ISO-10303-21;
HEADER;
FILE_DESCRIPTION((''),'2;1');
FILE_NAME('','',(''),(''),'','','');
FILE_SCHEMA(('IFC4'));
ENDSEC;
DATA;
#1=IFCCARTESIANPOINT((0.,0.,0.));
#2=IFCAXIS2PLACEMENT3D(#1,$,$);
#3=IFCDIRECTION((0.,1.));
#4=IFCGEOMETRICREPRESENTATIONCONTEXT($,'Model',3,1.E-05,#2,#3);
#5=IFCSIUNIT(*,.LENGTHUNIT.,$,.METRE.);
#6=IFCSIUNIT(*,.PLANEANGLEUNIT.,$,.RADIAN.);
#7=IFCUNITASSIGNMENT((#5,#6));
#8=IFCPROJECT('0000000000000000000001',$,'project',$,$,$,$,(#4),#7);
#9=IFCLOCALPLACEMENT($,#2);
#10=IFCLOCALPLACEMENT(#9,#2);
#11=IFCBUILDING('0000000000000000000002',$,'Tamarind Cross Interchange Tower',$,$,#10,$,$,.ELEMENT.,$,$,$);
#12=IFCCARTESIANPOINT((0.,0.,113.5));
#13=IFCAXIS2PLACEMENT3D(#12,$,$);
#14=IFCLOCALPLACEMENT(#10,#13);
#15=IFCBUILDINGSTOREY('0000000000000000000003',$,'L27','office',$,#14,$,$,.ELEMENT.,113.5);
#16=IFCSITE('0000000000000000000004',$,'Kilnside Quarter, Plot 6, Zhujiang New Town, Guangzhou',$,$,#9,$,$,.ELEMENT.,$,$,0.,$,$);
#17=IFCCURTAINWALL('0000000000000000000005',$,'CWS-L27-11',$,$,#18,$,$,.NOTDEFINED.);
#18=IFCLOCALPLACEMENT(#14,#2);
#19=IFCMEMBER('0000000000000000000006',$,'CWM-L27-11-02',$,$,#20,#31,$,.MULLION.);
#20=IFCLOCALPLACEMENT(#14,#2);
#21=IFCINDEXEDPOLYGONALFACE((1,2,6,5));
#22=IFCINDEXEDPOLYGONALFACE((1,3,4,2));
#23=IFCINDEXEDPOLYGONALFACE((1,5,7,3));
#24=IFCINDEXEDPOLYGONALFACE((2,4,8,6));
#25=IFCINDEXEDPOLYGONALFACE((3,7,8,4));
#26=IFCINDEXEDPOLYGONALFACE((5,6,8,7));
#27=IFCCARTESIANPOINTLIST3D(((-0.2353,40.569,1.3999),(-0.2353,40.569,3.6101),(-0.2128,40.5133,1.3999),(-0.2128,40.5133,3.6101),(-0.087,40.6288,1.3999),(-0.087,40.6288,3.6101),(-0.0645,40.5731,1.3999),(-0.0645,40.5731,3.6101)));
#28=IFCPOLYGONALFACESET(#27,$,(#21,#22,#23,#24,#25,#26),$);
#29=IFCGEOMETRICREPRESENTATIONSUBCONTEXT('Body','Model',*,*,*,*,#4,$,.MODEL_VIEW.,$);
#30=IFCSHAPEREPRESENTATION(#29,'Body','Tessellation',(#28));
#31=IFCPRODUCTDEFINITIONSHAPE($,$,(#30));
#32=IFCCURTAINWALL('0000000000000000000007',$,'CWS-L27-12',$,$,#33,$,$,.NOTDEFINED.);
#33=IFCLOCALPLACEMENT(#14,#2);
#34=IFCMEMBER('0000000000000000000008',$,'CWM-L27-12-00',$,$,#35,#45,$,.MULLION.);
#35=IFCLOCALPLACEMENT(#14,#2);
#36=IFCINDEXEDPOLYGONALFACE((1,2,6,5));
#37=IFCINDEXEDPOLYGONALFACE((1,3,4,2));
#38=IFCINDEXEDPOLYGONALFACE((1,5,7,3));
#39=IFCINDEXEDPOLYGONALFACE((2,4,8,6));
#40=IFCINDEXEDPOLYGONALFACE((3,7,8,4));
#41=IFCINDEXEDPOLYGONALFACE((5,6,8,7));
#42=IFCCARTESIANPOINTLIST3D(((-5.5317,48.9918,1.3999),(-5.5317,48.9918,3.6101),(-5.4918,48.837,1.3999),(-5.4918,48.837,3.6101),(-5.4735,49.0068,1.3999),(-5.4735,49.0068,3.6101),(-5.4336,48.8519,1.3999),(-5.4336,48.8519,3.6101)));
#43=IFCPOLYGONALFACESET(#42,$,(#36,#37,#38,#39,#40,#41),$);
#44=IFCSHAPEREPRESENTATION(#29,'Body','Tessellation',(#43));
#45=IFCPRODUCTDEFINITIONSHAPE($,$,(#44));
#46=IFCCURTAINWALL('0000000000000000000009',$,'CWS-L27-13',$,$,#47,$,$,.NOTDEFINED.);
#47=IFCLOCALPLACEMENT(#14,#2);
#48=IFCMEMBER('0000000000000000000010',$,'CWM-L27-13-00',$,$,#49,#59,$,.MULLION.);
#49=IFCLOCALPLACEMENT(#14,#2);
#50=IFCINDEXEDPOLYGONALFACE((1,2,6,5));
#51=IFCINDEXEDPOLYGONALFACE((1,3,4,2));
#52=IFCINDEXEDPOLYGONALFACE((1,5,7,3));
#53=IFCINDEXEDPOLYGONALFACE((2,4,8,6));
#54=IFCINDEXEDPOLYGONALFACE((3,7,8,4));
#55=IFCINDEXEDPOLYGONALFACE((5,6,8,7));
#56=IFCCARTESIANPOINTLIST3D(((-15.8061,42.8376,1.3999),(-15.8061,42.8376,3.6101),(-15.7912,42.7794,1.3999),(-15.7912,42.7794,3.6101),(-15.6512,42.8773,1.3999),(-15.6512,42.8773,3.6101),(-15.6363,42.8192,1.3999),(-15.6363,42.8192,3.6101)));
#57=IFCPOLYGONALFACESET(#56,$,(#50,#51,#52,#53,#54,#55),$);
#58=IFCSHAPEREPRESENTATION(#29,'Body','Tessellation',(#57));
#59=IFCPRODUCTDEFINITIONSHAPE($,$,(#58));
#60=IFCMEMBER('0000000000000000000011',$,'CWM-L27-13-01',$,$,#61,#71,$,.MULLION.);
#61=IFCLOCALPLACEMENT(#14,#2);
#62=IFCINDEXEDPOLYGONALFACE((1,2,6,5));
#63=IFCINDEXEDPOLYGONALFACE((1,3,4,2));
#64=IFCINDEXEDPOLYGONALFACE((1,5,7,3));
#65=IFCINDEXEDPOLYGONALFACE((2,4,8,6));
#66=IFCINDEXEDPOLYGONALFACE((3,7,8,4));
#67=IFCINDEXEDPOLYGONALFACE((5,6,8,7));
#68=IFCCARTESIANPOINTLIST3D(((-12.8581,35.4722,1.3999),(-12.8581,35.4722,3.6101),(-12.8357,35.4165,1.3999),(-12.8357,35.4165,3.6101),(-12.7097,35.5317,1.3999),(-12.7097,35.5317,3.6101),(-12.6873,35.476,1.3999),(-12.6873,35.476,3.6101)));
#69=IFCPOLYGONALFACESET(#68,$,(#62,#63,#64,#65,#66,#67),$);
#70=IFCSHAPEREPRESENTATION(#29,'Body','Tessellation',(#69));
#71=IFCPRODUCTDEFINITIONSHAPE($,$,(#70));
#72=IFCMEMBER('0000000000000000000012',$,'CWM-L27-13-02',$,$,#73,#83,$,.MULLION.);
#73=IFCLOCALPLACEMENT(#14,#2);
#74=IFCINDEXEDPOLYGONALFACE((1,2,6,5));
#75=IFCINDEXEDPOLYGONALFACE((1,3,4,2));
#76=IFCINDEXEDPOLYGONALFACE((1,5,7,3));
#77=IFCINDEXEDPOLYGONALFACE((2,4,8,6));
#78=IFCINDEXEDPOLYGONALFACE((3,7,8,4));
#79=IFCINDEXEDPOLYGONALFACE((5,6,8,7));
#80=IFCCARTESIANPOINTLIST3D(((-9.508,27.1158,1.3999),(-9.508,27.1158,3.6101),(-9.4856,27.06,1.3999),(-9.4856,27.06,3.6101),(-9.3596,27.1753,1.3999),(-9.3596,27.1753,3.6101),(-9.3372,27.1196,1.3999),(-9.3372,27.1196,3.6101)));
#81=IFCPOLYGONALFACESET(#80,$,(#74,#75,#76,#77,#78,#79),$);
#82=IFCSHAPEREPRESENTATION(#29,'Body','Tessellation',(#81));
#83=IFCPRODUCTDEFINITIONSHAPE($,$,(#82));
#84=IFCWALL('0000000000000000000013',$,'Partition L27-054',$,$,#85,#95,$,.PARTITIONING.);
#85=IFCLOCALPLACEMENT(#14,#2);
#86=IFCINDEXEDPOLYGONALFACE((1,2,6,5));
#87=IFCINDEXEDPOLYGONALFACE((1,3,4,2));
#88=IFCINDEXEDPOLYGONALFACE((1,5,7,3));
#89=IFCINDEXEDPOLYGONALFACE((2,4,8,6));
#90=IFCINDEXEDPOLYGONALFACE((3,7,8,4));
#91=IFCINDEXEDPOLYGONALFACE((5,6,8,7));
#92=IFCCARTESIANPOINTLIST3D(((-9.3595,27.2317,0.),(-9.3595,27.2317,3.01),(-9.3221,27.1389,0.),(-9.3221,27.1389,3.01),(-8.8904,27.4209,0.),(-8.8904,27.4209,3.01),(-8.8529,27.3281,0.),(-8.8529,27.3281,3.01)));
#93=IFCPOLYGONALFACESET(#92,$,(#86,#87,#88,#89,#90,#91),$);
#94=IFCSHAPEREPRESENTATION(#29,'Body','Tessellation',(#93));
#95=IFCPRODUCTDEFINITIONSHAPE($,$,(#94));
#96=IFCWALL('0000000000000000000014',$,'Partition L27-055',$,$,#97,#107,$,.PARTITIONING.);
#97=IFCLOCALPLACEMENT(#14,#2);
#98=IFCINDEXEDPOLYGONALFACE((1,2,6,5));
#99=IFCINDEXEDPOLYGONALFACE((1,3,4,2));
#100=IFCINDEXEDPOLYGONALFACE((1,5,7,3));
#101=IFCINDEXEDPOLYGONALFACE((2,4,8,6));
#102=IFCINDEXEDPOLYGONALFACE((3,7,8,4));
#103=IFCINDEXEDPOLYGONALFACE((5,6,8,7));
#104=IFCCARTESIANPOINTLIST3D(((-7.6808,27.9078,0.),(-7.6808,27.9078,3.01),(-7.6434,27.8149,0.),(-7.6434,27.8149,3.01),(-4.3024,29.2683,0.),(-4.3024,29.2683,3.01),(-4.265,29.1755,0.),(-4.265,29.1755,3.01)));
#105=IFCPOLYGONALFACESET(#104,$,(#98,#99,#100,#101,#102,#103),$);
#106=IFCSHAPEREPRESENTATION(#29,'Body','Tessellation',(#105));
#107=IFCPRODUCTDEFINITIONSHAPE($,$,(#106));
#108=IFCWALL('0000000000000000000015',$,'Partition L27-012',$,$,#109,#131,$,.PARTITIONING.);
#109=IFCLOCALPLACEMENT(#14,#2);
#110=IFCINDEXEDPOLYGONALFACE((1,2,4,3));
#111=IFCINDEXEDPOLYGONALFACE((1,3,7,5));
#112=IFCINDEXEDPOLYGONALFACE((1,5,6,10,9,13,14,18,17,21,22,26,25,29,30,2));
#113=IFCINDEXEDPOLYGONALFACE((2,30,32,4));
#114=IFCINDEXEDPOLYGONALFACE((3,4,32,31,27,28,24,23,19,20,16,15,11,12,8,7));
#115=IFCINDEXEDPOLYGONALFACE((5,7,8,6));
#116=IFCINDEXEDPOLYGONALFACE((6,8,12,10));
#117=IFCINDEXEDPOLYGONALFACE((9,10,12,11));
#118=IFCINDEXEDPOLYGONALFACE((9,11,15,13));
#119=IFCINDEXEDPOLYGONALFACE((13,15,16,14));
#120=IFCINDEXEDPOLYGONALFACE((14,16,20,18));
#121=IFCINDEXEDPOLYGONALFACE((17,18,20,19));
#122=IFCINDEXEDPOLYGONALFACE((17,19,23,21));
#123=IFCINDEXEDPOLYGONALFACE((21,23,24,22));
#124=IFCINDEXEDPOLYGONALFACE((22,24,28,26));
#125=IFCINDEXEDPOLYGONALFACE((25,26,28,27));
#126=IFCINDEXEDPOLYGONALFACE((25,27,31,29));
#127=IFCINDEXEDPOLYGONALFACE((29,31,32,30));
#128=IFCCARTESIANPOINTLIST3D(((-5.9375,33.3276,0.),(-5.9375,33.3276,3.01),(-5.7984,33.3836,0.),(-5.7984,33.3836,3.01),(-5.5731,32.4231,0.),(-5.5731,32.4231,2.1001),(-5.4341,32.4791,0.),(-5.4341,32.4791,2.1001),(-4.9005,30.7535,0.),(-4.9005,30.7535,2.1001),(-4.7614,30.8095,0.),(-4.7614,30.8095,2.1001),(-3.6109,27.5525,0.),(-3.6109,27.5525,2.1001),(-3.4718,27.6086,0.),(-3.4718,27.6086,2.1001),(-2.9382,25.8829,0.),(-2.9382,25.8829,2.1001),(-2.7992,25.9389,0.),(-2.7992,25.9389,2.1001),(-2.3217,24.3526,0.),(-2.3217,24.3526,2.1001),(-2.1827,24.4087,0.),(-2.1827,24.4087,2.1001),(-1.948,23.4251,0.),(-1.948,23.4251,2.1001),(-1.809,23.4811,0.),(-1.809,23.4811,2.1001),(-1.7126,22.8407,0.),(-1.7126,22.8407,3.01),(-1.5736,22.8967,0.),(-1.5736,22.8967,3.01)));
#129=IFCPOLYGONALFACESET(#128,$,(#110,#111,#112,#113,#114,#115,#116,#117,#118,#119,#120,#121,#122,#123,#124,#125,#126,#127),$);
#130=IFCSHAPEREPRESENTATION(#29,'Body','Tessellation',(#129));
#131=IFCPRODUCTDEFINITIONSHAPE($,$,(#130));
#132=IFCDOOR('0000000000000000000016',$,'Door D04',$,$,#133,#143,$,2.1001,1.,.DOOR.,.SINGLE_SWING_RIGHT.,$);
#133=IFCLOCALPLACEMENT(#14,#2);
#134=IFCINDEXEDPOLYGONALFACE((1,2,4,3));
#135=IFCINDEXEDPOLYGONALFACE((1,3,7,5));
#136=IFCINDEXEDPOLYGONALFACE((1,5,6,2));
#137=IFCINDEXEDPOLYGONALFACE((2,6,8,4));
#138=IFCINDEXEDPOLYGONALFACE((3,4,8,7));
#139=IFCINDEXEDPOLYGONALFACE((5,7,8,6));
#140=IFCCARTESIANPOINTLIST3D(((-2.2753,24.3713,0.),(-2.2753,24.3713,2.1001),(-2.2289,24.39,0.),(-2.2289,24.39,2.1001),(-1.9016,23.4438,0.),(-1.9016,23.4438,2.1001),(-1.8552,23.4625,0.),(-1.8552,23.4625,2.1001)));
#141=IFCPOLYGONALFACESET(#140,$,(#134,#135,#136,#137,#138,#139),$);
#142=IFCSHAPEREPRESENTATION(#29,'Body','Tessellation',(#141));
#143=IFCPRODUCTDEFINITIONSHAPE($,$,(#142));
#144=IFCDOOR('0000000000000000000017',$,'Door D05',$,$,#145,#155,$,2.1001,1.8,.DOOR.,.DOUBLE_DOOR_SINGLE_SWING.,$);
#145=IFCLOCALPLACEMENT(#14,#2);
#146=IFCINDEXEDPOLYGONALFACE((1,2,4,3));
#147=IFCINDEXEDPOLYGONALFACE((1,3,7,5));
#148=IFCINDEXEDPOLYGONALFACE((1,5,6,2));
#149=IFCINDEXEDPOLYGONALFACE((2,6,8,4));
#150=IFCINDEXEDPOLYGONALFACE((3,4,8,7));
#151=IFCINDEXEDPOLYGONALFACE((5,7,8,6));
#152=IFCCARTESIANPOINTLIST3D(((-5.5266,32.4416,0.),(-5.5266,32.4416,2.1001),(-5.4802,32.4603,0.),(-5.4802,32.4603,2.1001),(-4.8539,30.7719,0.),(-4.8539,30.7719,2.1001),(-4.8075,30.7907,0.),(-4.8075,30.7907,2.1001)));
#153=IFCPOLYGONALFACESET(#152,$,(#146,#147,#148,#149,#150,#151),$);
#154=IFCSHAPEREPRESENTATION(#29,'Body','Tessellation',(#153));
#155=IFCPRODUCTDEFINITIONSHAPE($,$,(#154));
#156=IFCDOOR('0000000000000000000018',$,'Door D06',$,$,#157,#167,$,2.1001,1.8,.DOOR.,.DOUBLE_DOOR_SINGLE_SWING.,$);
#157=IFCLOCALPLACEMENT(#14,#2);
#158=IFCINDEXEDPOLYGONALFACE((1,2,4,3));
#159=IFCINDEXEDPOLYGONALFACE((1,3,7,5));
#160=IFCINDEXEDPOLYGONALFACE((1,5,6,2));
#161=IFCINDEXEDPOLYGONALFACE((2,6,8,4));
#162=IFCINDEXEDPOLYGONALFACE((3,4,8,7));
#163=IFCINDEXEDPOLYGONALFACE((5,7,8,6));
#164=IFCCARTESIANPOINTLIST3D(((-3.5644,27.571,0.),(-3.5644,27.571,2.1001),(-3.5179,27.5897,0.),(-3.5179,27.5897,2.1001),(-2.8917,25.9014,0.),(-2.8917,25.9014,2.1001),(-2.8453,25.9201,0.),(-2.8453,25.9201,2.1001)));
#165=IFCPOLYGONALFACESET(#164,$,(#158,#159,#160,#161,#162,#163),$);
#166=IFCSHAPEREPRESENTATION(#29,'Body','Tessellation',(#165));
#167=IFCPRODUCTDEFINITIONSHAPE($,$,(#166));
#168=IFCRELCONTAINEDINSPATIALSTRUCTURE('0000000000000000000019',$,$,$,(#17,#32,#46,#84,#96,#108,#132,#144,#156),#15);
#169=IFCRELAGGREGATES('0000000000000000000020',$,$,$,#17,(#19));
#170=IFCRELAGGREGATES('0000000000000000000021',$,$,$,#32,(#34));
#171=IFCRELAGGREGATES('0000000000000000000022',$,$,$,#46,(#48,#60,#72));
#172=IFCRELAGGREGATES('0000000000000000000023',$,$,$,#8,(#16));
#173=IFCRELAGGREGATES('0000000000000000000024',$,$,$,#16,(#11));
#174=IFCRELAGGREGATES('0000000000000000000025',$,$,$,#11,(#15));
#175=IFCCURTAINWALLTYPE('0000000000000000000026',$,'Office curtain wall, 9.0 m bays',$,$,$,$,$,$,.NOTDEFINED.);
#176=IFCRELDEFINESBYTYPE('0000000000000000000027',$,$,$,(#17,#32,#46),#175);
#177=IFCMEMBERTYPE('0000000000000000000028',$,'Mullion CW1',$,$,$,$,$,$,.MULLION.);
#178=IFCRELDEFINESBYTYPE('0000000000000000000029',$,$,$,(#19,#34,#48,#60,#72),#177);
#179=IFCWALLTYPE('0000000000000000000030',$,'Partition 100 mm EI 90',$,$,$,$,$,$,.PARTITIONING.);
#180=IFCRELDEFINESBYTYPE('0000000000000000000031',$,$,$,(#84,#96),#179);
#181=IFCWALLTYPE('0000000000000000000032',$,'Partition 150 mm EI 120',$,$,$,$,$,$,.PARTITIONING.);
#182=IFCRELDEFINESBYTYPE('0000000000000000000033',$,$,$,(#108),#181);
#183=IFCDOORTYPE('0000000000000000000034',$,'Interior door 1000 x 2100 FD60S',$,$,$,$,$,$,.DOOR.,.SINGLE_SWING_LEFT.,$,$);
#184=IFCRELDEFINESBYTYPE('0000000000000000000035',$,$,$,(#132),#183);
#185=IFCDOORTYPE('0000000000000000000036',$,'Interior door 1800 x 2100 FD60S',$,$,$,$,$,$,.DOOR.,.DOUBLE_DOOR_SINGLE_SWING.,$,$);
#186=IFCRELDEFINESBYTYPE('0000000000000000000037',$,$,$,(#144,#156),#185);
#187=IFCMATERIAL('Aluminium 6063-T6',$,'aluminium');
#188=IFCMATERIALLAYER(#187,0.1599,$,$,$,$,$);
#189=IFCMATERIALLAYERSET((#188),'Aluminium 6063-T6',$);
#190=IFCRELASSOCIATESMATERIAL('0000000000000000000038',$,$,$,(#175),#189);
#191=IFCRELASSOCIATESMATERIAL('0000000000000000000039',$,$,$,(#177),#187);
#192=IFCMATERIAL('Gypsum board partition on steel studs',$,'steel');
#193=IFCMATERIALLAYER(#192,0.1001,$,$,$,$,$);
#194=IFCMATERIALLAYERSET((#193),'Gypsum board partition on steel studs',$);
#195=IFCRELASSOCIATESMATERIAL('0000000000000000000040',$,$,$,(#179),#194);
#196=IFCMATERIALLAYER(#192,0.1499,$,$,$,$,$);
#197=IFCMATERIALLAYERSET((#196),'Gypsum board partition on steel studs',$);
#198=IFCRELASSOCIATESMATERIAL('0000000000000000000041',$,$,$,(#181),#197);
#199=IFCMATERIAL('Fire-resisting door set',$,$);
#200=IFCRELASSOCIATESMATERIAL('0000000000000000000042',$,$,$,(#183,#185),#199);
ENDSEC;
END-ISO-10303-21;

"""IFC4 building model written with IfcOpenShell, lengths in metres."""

from ifc_helpers import new_model, si_unit, direction, frame, frame_2d, origin, origin_2d, place, context, subcontext, project, spatial, rectangle, extrude, material, layer, layer_set, material_profile, profile_set, type_object, element, fill, aggregate, save


model = new_model("IFC4")

# Units and contexts
model_context = context("Model", 3, precision=1e-05, world=origin(), true_north=direction((0.0, 1.0)))
body_context = subcontext(model_context, "Body", "Model", "MODEL_VIEW")
ifc_project = project(units=[si_unit("LENGTHUNIT", "METRE"), si_unit("PLANEANGLEUNIT", "RADIAN")], contexts=[model_context])

# Site, building, storey
site_placement = place(None, origin())
site = spatial("IfcSite", under=ifc_project, at=site_placement, Name="Kilnside Quarter, Plot 6, Zhujiang New Town, Guangzhou", CompositionType="ELEMENT", RefElevation=0.0)
building_placement = place(site_placement, origin())
building = spatial("IfcBuilding", under=site, at=building_placement, Name="Tamarind Cross Interchange Tower", CompositionType="ELEMENT")
storey_placement = place(building_placement, frame((0.0, 0.0, 113.5)))
storey = spatial("IfcBuildingStorey", under=building, at=storey_placement, Name="L27", Description="office", CompositionType="ELEMENT", Elevation=113.5)

# Curtain walls, members
ifc_material_1 = material(Name="Aluminium 6063-T6", Category="aluminium")
ifc_layer_1 = layer(ifc_material_1, 0.1599)
ifc_layer_set_1 = layer_set([ifc_layer_1], Name="Aluminium 6063-T6")
curtain_wall_type = type_object("IfcCurtainWallType", Name="Office curtain wall, 9.0 m bays", PredefinedType="NOTDEFINED", material=ifc_layer_set_1)
curtain_wall_1_placement = place(storey_placement, origin())
curtain_wall_1 = element("IfcCurtainWall", 1, at=curtain_wall_1_placement, inside=storey, type_object=curtain_wall_type, Name="CWS-L27-11", PredefinedType="NOTDEFINED")
ifc_material_profile_1 = material_profile(ifc_material_1, rectangle(XDim=0.0601, YDim=0.1599, at=origin_2d()), Name="Mullion CW1")
ifc_profile_set_1 = profile_set([ifc_material_profile_1], Name="Aluminium 6063-T6")
member_type = type_object("IfcMemberType", Name="Mullion CW1", PredefinedType="MULLION", material=ifc_profile_set_1)
member_1_placement = place(storey_placement, frame((-0.1499, 40.571, 1.3999), z_axis=(0.0, 0.0, 1.0), x_axis=(-0.373648, 0.92757, 0.0)))
member_1 = element("IfcMember", 2, at=member_1_placement, type_object=member_type, Name="CWM-L27-11-02", PredefinedType="MULLION", context=body_context, shape_type="SweptSolid", body=[
    extrude(rectangle(XDim=0.0601, YDim=0.1599, at=origin_2d()), origin(), (0.0, 0.0, 1.0), 2.2102),
])
aggregate(curtain_wall_1, [member_1])
curtain_wall_2_placement = place(storey_placement, origin())
curtain_wall_2 = element("IfcCurtainWall", 3, at=curtain_wall_2_placement, inside=storey, type_object=curtain_wall_type, Name="CWS-L27-12", PredefinedType="NOTDEFINED")
member_2_placement = place(storey_placement, frame((-5.4827, 48.9219, 1.3999), z_axis=(0.0, 0.0, 1.0), x_axis=(-0.968406, -0.24938, 0.0)))
member_2 = element("IfcMember", 4, at=member_2_placement, type_object=member_type, Name="CWM-L27-12-00", PredefinedType="MULLION", context=body_context, shape_type="SweptSolid", body=[
    extrude(rectangle(XDim=0.0601, YDim=0.1599, at=origin_2d()), origin(), (0.0, 0.0, 1.0), 2.2102),
])
aggregate(curtain_wall_2, [member_2])

# Curtain wall, members
curtain_wall_3_placement = place(storey_placement, origin())
curtain_wall_3 = element("IfcCurtainWall", 5, at=curtain_wall_3_placement, inside=storey, type_object=curtain_wall_type, Name="CWS-L27-13", PredefinedType="NOTDEFINED")
member_3_placement = place(storey_placement, frame((-15.7212, 42.8284, 1.3999), z_axis=(0.0, 0.0, 1.0), x_axis=(0.248584, -0.96861, 0.0)))
member_3 = element("IfcMember", 6, at=member_3_placement, type_object=member_type, Name="CWM-L27-13-00", PredefinedType="MULLION", context=body_context, shape_type="SweptSolid", body=[
    extrude(rectangle(XDim=0.0601, YDim=0.1599, at=origin_2d()), origin(), (0.0, 0.0, 1.0), 2.2102),
])
member_4_placement = place(storey_placement, frame((-12.7727, 35.4741, 1.3999), z_axis=(0.0, 0.0, 1.0), x_axis=(0.372124, -0.928183, 0.0)))
member_4 = element("IfcMember", 7, at=member_4_placement, type_object=member_type, Name="CWM-L27-13-01", PredefinedType="MULLION", context=body_context, shape_type="SweptSolid", body=[
    extrude(rectangle(XDim=0.0601, YDim=0.1599, at=origin_2d()), origin(), (0.0, 0.0, 1.0), 2.2102),
])
member_5_placement = place(storey_placement, frame((-9.4226, 27.1177, 1.3999), z_axis=(0.0, 0.0, 1.0), x_axis=(0.372124, -0.928183, 0.0)))
member_5 = element("IfcMember", 8, at=member_5_placement, type_object=member_type, Name="CWM-L27-13-02", PredefinedType="MULLION", context=body_context, shape_type="SweptSolid", body=[
    extrude(rectangle(XDim=0.0601, YDim=0.1599, at=origin_2d()), origin(), (0.0, 0.0, 1.0), 2.2102),
])
aggregate(curtain_wall_3, [member_3, member_4, member_5])

# Walls
ifc_material_2 = material(Name="Gypsum board partition on steel studs", Category="steel")
ifc_layer_2 = layer(ifc_material_2, 0.1001)
ifc_layer_set_2 = layer_set([ifc_layer_2], Name="Gypsum board partition on steel studs")
wall_type_1 = type_object("IfcWallType", Name="Partition 100 mm EI 90", PredefinedType="PARTITIONING", material=ifc_layer_set_2)
wall_1_placement = place(storey_placement, frame((-9.3408, 27.1853, 0.0), z_axis=(0.0, 0.0, 1.0), x_axis=(0.927441, 0.373968, 0.0)))
element("IfcWall", 9, at=wall_1_placement, inside=storey, type_object=wall_type_1, Name="Partition L27-054", PredefinedType="PARTITIONING", context=body_context, shape_type="SweptSolid", body=[
    extrude(rectangle(XDim=0.5059, YDim=0.1001, at=frame_2d((0.2529, 0.0))), origin(), (0.0, 0.0, 1.0), 3.01),
])
wall_2_placement = place(storey_placement, frame((-7.6621, 27.8613, 0.0), z_axis=(0.0, 0.0, 1.0), x_axis=(0.9276, 0.373574, 0.0)))
element("IfcWall", 10, at=wall_2_placement, inside=storey, type_object=wall_type_1, Name="Partition L27-055", PredefinedType="PARTITIONING", context=body_context, shape_type="SweptSolid", body=[
    extrude(rectangle(XDim=3.6421, YDim=0.1001, at=frame_2d((1.821, 0.0))), origin(), (0.0, 0.0, 1.0), 3.01),
])

# Wall, openings, doors
ifc_layer_3 = layer(ifc_material_2, 0.1499)
ifc_layer_set_3 = layer_set([ifc_layer_3], Name="Gypsum board partition on steel studs")
wall_type_2 = type_object("IfcWallType", Name="Partition 150 mm EI 120", PredefinedType="PARTITIONING", material=ifc_layer_set_3)
wall_3_placement = place(storey_placement, frame((-5.8679, 33.3555, 0.0), z_axis=(0.0, 0.0, 1.0), x_axis=(0.373687, -0.927555, 0.0)))
wall_3 = element("IfcWall", 11, at=wall_3_placement, inside=storey, type_object=wall_type_2, Name="Partition L27-012", PredefinedType="PARTITIONING", context=body_context, shape_type="SweptSolid", body=[
    extrude(rectangle(XDim=11.3059, YDim=0.1499, at=frame_2d((5.6528, 0.0))), origin(), (0.0, 0.0, 1.0), 3.01),
])
opening_1_placement = place(wall_3_placement, frame((9.6758, 0.0, 0.0)))
opening_1 = element("IfcOpeningElement", 12, at=opening_1_placement, cuts=wall_3, PredefinedType="OPENING", context=body_context, shape_type="SweptSolid", body=[
    extrude(rectangle(XDim=1.0, YDim=2.1001, at=frame_2d((0.5, 1.05))), frame((0.0, 0.085, 0.0), z_axis=(0.0, -1.0, 0.0), x_axis=(1.0, 0.0, 0.0)), (0.0, 0.0, 1.0), 0.1699),
])
opening_2_placement = place(wall_3_placement, frame((0.9751, 0.0, 0.0)))
opening_2 = element("IfcOpeningElement", 13, at=opening_2_placement, cuts=wall_3, PredefinedType="OPENING", context=body_context, shape_type="SweptSolid", body=[
    extrude(rectangle(XDim=1.8, YDim=2.1001, at=frame_2d((0.8999, 1.05))), frame((0.0, 0.085, 0.0), z_axis=(0.0, -1.0, 0.0), x_axis=(1.0, 0.0, 0.0)), (0.0, 0.0, 1.0), 0.1699),
])
opening_3_placement = place(wall_3_placement, frame((6.2261, 0.0, 0.0)))
opening_3 = element("IfcOpeningElement", 14, at=opening_3_placement, cuts=wall_3, PredefinedType="OPENING", context=body_context, shape_type="SweptSolid", body=[
    extrude(rectangle(XDim=1.8, YDim=2.1001, at=frame_2d((0.8999, 1.05))), frame((0.0, 0.085, 0.0), z_axis=(0.0, -1.0, 0.0), x_axis=(1.0, 0.0, 0.0)), (0.0, 0.0, 1.0), 0.1699),
])
ifc_material_3 = material(Name="Fire-resisting door set")
door_type_1 = type_object("IfcDoorType", Name="Interior door 1000 x 2100 FD60S", OperationType="SINGLE_SWING_LEFT", PredefinedType="DOOR", material=ifc_material_3)
door_1_placement = place(opening_1_placement, frame((1.0, 0.0, 0.0), z_axis=(0.0, 0.0, 1.0), x_axis=(-1.0, 0.0, 0.0)))
door_1 = element("IfcDoor", 15, at=door_1_placement, inside=storey, type_object=door_type_1, Name="Door D04", OperationType="SINGLE_SWING_RIGHT", OverallHeight=2.1001, OverallWidth=1.0, PredefinedType="DOOR", context=body_context, shape_type="SweptSolid", body=[
    extrude(rectangle(XDim=1.0, YDim=2.1001, at=frame_2d((0.5, 1.05))), frame((0.0, 0.0249, 0.0), z_axis=(0.0, -1.0, 0.0), x_axis=(1.0, 0.0, 0.0)), (0.0, 0.0, 1.0), 0.05),
])
fill(opening_1, door_1)
door_type_2 = type_object("IfcDoorType", Name="Interior door 1800 x 2100 FD60S", OperationType="DOUBLE_DOOR_SINGLE_SWING", PredefinedType="DOOR", material=ifc_material_3)
door_2_placement = place(opening_2_placement, frame((1.8, 0.0, 0.0), z_axis=(0.0, 0.0, 1.0), x_axis=(-1.0, 0.0, 0.0)))
door_2 = element("IfcDoor", 16, at=door_2_placement, inside=storey, type_object=door_type_2, Name="Door D05", OperationType="DOUBLE_DOOR_SINGLE_SWING", OverallHeight=2.1001, OverallWidth=1.8, PredefinedType="DOOR", context=body_context, shape_type="SweptSolid", body=[
    extrude(rectangle(XDim=1.8, YDim=2.1001, at=frame_2d((0.8999, 1.05))), frame((0.0, 0.0249, 0.0), z_axis=(0.0, -1.0, 0.0), x_axis=(1.0, 0.0, 0.0)), (0.0, 0.0, 1.0), 0.05),
])
fill(opening_2, door_2)
door_3_placement = place(opening_3_placement, frame((1.8, 0.0, 0.0), z_axis=(0.0, 0.0, 1.0), x_axis=(-1.0, 0.0, 0.0)))
door_3 = element("IfcDoor", 17, at=door_3_placement, inside=storey, type_object=door_type_2, Name="Door D06", OperationType="DOUBLE_DOOR_SINGLE_SWING", OverallHeight=2.1001, OverallWidth=1.8, PredefinedType="DOOR", context=body_context, shape_type="SweptSolid", body=[
    extrude(rectangle(XDim=1.8, YDim=2.1001, at=frame_2d((0.8999, 1.05))), frame((0.0, 0.0249, 0.0), z_axis=(0.0, -1.0, 0.0), x_axis=(1.0, 0.0, 0.0)), (0.0, 0.0, 1.0), 0.05),
])
fill(opening_3, door_3)

save(model, "model.ifc")
